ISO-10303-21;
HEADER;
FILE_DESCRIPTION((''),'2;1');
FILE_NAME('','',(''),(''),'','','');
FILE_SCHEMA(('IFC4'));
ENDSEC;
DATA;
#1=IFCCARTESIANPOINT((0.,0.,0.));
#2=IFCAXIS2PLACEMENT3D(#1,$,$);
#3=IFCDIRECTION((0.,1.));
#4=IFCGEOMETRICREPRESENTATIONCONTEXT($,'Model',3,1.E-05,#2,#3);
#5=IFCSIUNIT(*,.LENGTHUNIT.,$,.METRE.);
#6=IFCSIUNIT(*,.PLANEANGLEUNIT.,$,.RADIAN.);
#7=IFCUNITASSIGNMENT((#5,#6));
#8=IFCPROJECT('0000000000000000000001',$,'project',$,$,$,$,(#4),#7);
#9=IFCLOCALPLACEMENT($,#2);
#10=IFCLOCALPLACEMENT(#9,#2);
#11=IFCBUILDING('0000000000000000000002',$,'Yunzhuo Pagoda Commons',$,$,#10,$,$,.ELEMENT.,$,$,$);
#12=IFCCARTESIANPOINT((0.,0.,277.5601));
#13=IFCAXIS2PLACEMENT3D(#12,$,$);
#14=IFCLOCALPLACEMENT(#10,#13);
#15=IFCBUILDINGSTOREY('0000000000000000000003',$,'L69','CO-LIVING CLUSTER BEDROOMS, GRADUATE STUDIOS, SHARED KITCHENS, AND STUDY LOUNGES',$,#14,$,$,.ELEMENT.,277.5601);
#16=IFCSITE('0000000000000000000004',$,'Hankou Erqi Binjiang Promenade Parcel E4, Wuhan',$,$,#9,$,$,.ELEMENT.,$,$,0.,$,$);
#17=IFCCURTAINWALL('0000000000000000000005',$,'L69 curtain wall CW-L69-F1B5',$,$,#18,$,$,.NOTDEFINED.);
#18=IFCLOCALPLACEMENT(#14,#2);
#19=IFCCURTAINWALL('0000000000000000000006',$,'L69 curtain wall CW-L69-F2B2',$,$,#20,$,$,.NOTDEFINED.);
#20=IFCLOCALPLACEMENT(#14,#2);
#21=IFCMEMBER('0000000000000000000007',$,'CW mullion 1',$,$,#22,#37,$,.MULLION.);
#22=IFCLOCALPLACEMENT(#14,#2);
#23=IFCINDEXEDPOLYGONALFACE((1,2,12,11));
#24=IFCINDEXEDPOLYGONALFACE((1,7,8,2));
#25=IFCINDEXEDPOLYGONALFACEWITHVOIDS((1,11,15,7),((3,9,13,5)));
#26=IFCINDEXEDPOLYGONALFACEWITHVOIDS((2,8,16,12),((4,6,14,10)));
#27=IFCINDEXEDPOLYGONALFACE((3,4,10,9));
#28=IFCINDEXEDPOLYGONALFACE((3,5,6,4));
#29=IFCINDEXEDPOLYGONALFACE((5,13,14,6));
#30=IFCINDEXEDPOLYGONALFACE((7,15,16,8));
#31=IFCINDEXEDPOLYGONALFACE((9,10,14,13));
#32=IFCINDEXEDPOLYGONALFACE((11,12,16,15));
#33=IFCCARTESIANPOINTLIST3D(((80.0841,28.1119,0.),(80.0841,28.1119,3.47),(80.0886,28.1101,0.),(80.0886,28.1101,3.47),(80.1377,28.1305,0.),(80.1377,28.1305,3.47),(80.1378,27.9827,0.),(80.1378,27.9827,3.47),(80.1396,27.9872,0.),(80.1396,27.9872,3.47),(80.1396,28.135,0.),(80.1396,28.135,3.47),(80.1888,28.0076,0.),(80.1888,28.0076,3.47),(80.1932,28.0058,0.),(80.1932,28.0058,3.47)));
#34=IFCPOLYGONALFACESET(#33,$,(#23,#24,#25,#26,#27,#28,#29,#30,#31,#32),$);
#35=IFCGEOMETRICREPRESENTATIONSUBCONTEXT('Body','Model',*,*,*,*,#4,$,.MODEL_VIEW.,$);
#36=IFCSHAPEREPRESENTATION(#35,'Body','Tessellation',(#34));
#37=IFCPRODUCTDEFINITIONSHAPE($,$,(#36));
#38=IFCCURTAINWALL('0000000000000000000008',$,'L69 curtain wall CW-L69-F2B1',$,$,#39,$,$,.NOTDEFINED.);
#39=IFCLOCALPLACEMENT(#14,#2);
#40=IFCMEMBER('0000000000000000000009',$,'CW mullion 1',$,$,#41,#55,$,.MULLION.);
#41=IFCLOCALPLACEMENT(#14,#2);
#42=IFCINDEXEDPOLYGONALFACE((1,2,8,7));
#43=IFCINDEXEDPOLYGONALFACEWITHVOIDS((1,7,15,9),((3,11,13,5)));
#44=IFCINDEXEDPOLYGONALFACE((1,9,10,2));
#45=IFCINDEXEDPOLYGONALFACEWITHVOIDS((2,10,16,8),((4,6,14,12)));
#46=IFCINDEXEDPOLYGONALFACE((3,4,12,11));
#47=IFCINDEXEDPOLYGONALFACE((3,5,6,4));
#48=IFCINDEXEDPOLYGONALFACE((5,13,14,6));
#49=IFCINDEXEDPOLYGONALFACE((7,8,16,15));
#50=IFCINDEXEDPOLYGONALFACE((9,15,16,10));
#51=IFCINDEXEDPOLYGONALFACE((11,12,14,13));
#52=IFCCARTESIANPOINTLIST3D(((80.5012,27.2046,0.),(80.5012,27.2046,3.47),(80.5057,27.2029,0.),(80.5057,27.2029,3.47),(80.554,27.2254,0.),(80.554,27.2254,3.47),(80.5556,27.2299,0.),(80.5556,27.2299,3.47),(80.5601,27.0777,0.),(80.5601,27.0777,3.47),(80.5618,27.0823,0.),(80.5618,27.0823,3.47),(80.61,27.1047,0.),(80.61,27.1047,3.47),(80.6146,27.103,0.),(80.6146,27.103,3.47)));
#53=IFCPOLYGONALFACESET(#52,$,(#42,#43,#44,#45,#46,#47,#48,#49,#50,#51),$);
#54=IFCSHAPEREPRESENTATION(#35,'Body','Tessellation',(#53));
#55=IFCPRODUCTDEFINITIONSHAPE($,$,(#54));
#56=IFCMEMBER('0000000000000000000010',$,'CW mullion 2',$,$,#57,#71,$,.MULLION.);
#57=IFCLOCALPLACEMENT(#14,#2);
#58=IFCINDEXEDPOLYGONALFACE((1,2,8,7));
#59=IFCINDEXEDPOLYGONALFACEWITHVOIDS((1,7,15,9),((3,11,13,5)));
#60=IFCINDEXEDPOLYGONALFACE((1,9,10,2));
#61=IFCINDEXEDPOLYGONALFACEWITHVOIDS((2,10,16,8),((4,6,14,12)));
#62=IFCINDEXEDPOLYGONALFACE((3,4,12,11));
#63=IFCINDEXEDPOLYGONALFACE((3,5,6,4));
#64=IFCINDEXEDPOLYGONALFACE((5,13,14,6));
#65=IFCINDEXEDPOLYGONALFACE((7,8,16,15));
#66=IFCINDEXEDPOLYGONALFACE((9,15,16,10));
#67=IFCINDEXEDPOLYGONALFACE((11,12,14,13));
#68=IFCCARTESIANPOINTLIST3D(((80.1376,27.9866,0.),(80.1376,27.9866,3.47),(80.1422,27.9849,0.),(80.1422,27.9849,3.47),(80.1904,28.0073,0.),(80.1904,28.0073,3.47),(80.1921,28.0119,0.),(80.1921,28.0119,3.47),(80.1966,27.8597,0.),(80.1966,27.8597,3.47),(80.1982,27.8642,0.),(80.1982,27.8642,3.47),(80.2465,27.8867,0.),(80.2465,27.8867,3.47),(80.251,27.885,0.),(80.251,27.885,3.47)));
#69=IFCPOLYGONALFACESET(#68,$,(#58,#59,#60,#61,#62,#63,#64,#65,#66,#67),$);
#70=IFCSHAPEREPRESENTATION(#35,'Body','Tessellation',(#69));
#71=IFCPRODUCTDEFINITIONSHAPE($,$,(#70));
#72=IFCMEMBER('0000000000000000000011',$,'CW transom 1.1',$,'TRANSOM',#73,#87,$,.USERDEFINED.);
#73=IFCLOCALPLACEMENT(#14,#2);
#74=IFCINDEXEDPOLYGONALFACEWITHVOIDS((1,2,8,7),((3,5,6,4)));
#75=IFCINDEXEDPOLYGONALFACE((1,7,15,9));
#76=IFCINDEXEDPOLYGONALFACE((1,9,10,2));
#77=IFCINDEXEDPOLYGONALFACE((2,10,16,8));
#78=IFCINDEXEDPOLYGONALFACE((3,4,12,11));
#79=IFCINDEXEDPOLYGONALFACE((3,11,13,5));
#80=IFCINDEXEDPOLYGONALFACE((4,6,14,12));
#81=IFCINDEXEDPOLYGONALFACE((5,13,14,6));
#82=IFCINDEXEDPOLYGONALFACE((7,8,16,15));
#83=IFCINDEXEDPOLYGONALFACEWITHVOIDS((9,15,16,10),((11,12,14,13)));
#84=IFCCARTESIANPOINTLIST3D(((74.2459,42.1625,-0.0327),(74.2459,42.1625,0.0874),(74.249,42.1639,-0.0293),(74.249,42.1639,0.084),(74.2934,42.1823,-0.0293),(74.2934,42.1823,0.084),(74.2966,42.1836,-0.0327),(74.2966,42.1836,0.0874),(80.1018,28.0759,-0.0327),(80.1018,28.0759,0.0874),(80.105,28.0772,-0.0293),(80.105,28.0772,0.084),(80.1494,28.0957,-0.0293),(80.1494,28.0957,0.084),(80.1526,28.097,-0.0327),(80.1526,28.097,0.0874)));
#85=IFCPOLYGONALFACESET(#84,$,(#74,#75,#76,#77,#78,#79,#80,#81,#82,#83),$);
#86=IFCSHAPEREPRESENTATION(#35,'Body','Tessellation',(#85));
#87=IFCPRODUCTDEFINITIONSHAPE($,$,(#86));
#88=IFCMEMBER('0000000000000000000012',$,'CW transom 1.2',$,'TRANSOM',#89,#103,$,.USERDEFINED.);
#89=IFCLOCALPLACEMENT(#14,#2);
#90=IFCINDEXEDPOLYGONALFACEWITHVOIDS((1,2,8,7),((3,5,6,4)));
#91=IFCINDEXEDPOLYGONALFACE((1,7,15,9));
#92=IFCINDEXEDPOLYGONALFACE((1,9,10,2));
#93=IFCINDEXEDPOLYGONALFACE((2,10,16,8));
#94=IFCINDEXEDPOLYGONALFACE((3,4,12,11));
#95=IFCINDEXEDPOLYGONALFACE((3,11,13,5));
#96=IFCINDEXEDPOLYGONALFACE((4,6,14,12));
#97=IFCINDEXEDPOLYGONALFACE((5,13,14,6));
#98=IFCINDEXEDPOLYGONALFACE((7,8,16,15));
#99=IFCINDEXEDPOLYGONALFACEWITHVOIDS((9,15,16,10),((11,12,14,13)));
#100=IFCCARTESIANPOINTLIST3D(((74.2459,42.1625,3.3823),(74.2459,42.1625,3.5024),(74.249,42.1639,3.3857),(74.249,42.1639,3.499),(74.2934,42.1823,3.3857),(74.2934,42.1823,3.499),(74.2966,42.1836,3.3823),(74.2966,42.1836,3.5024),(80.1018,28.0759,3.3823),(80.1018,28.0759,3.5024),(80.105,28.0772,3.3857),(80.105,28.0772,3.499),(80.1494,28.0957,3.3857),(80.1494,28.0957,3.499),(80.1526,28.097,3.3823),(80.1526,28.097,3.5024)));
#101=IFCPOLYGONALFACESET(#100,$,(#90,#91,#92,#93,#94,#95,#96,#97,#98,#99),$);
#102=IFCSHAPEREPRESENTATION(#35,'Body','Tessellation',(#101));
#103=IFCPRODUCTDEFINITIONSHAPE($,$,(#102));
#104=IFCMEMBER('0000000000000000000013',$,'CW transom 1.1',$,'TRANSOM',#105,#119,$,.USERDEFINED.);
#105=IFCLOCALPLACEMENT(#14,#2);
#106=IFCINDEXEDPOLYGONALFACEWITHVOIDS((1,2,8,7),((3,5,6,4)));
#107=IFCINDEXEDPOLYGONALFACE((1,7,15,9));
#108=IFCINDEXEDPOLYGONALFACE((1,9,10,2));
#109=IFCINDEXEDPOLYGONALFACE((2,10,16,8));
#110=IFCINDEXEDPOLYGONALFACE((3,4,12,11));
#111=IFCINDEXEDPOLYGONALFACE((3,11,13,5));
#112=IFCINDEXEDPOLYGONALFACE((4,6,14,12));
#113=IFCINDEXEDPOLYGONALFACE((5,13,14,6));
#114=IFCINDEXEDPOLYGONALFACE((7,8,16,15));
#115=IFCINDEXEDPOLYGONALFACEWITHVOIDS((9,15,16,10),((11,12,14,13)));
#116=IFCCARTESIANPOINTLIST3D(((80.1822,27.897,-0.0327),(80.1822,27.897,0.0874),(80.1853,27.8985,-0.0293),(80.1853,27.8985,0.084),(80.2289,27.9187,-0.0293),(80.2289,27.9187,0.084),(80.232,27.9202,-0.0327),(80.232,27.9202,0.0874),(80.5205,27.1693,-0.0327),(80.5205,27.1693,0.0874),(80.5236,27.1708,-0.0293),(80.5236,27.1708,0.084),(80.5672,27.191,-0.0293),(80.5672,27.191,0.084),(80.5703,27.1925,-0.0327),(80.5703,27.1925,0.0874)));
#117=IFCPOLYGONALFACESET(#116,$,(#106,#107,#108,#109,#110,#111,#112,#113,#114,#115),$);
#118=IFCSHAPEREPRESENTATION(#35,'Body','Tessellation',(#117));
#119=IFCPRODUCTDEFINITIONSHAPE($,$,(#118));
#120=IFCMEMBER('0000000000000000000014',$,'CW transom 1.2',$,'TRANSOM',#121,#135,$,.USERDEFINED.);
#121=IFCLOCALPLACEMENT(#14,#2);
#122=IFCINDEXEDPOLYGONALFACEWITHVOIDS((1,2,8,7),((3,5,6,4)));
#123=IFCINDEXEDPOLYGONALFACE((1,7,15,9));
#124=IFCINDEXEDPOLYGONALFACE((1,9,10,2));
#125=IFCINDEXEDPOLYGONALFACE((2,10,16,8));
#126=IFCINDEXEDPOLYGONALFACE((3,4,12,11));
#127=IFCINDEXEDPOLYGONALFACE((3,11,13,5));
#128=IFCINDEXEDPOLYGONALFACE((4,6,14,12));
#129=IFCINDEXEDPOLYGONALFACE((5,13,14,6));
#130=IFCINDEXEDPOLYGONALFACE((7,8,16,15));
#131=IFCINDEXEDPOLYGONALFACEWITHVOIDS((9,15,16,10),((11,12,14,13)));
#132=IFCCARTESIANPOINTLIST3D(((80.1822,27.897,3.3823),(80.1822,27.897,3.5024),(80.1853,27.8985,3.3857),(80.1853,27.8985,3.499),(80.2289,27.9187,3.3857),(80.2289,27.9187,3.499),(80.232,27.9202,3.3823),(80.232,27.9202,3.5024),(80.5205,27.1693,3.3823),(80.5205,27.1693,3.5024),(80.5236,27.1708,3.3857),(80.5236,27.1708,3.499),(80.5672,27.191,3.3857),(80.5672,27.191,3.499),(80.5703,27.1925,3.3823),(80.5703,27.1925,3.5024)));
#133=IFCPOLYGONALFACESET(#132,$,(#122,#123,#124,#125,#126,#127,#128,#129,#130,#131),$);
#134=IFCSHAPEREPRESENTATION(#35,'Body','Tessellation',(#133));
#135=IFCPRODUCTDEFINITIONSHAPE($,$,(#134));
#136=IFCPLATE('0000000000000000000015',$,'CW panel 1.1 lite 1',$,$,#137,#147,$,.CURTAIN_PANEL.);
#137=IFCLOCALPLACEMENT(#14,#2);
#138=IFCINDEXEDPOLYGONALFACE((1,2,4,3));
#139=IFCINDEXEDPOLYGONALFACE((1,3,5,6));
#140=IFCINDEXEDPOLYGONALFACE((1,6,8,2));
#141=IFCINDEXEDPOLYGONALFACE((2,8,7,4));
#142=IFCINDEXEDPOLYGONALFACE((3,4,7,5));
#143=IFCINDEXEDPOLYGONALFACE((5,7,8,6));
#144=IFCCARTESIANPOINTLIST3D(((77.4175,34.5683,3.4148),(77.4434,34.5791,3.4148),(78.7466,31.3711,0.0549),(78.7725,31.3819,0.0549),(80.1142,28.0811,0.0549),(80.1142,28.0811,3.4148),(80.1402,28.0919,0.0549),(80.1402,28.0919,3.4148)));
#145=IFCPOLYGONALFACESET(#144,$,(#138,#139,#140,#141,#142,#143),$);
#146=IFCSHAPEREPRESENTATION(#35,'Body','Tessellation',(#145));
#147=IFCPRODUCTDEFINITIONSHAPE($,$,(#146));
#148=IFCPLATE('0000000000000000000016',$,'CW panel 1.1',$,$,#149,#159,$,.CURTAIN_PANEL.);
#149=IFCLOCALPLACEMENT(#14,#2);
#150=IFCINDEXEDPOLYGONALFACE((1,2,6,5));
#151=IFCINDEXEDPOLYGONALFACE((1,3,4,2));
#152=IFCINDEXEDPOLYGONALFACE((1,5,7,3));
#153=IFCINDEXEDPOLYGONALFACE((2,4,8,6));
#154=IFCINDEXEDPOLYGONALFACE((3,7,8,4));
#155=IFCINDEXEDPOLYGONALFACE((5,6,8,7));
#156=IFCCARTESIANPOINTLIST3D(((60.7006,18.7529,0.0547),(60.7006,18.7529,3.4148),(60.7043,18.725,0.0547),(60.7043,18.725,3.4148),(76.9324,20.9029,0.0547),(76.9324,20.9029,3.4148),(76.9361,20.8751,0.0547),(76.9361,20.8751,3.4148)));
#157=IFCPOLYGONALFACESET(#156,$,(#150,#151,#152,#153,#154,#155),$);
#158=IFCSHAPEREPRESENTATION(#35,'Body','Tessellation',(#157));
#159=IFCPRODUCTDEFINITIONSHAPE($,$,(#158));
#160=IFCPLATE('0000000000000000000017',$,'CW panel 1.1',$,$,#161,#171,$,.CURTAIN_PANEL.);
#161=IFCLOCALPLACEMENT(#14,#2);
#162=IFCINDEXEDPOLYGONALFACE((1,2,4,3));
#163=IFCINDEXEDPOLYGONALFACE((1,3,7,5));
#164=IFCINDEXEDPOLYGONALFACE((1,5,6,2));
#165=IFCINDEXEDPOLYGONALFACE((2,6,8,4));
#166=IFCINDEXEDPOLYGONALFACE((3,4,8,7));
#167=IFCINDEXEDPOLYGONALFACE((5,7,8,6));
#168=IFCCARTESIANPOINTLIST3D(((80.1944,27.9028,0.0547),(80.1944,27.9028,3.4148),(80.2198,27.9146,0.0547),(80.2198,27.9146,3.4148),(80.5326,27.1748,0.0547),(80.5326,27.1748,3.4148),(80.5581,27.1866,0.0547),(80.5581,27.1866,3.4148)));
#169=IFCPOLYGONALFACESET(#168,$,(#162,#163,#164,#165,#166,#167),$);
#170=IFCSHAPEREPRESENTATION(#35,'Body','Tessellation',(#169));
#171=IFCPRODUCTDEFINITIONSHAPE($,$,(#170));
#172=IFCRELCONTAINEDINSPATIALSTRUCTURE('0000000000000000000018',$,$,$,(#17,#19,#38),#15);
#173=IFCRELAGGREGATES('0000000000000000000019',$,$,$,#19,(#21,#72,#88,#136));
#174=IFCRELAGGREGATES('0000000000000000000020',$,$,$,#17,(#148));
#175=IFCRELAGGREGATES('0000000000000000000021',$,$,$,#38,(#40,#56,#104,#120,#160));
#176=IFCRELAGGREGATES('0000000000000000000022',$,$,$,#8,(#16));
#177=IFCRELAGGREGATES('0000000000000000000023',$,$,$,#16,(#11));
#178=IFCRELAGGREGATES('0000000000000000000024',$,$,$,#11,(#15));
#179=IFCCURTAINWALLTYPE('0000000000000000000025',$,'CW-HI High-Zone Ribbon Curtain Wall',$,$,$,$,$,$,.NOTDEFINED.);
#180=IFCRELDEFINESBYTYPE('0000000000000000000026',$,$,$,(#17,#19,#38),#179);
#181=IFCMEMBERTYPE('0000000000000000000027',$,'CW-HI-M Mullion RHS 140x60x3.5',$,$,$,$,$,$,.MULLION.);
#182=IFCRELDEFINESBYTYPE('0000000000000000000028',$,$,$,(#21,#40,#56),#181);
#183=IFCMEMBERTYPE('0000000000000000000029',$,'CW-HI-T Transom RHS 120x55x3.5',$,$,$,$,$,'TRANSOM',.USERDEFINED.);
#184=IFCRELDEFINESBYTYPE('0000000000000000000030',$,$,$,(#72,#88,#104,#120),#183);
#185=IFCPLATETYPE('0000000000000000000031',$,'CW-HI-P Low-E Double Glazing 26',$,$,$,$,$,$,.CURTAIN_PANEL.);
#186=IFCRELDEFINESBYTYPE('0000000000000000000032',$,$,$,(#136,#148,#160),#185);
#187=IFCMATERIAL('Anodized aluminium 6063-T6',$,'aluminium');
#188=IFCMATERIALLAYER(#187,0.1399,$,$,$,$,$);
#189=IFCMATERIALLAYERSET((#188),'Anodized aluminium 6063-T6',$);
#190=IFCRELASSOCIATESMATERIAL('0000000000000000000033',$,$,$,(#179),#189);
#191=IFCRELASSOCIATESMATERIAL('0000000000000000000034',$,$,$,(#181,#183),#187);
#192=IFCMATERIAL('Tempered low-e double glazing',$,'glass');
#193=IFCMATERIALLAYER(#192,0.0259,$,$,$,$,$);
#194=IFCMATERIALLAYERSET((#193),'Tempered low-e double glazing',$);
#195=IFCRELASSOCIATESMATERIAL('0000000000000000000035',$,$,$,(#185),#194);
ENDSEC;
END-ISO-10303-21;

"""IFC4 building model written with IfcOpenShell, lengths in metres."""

from ifc_helpers import new_model, si_unit, direction, frame, origin, origin_2d, place, context, subcontext, project, spatial, polyline, rectangle, hollow_rectangle, outline, extrude, source, transform, mapped, material, layer, layer_set, material_profile, profile_set, type_object, element, aggregate, save


model = new_model("IFC4")

# Units and contexts
model_context = context("Model", 3, precision=1e-05, world=origin(), true_north=direction((0.0, 1.0)))
body_context = subcontext(model_context, "Body", "Model", "MODEL_VIEW")
ifc_project = project(units=[si_unit("LENGTHUNIT", "METRE"), si_unit("PLANEANGLEUNIT", "RADIAN")], contexts=[model_context])

# Site, building, storey
site_placement = place(None, origin())
site = spatial("IfcSite", under=ifc_project, at=site_placement, Name="Hankou Erqi Binjiang Promenade Parcel E4, Wuhan", CompositionType="ELEMENT", RefElevation=0.0)
building_placement = place(site_placement, origin())
building = spatial("IfcBuilding", under=site, at=building_placement, Name="Yunzhuo Pagoda Commons", CompositionType="ELEMENT")
storey_placement = place(building_placement, frame((0.0, 0.0, 277.5601)))
storey = spatial("IfcBuildingStorey", under=building, at=storey_placement, Name="L69", Description="CO-LIVING CLUSTER BEDROOMS, GRADUATE STUDIOS, SHARED KITCHENS, AND STUDY LOUNGES", CompositionType="ELEMENT", Elevation=277.5601)

# Curtain walls, member
ifc_material_1 = material(Name="Anodized aluminium 6063-T6", Category="aluminium")
ifc_layer_1 = layer(ifc_material_1, 0.1399)
ifc_layer_set_1 = layer_set([ifc_layer_1], Name="Anodized aluminium 6063-T6")
curtain_wall_type = type_object("IfcCurtainWallType", Name="CW-HI High-Zone Ribbon Curtain Wall", PredefinedType="NOTDEFINED", material=ifc_layer_set_1)
curtain_wall_1_placement = place(storey_placement, origin())
curtain_wall_1 = element("IfcCurtainWall", 1, at=curtain_wall_1_placement, inside=storey, type_object=curtain_wall_type, Name="L69 curtain wall CW-L69-F1B5", PredefinedType="NOTDEFINED")
ifc_material_profile_1 = material_profile(ifc_material_1, hollow_rectangle(XDim=0.0601, YDim=0.1399, WallThickness=0.0034, at=origin_2d()), Name="Anodized aluminium 6063-T6")
ifc_profile_set_1 = profile_set([ifc_material_profile_1], Name="Anodized aluminium 6063-T6")
member_type_1 = type_object("IfcMemberType", Name="CW-HI-M Mullion RHS 140x60x3.5", PredefinedType="MULLION", material=ifc_profile_set_1)
shared_shape_1 = source(origin(), body_context, "Body", "SweptSolid", [
    extrude(hollow_rectangle(XDim=0.0601, YDim=0.1399, WallThickness=0.0034, at=origin_2d()), origin(), (0.0, 0.0, 1.0), 3.47),
])
curtain_wall_2_placement = place(storey_placement, origin())
curtain_wall_2 = element("IfcCurtainWall", 2, at=curtain_wall_2_placement, inside=storey, type_object=curtain_wall_type, Name="L69 curtain wall CW-L69-F2B2", PredefinedType="NOTDEFINED")
member_1_placement = place(storey_placement, frame((80.1387, 28.0588, 0.0), z_axis=(0.0, 0.0, 1.0), x_axis=(-0.923394, -0.383855, 0.0)))
member_1 = element("IfcMember", 3, at=member_1_placement, type_object=member_type_1, Name="CW mullion 1", PredefinedType="MULLION", context=body_context, shape_type="MappedRepresentation", body=[
    mapped(shared_shape_1, transform((0.0, 0.0, 0.0), scale=1.0)),
])

# Curtain wall, members
curtain_wall_3_placement = place(storey_placement, origin())
curtain_wall_3 = element("IfcCurtainWall", 4, at=curtain_wall_3_placement, inside=storey, type_object=curtain_wall_type, Name="L69 curtain wall CW-L69-F2B1", PredefinedType="NOTDEFINED")
member_2_placement = place(storey_placement, frame((80.5579, 27.1538, 0.0), z_axis=(0.0, 0.0, 1.0), x_axis=(-0.906871, -0.421407, 0.0)))
member_2 = element("IfcMember", 5, at=member_2_placement, type_object=member_type_1, Name="CW mullion 1", PredefinedType="MULLION", context=body_context, shape_type="MappedRepresentation", body=[
    mapped(shared_shape_1, transform((0.0, 0.0, 0.0), scale=1.0)),
])
member_3_placement = place(storey_placement, frame((80.1943, 27.9358, 0.0), z_axis=(0.0, 0.0, 1.0), x_axis=(-0.906871, -0.421407, 0.0)))
member_3 = element("IfcMember", 6, at=member_3_placement, type_object=member_type_1, Name="CW mullion 2", PredefinedType="MULLION", context=body_context, shape_type="MappedRepresentation", body=[
    mapped(shared_shape_1, transform((0.0, 0.0, 0.0), scale=1.0)),
])

# Members
ifc_material_profile_2 = material_profile(ifc_material_1, hollow_rectangle(XDim=0.0549, YDim=0.1201, WallThickness=0.0034, at=origin_2d()), Name="Anodized aluminium 6063-T6")
ifc_profile_set_2 = profile_set([ifc_material_profile_2], Name="Anodized aluminium 6063-T6")
member_type_2 = type_object("IfcMemberType", Name="CW-HI-T Transom RHS 120x55x3.5", ElementType="TRANSOM", PredefinedType="USERDEFINED", material=ifc_profile_set_2)
shared_shape_2 = source(origin(), body_context, "Body", "SweptSolid", [
    extrude(hollow_rectangle(XDim=0.0549, YDim=0.1201, WallThickness=0.0034, at=origin_2d()), origin(), (0.0, 0.0, 1.0), 15.2554),
])
member_4_placement = place(storey_placement, frame((80.1272, 28.0864, 0.0273), z_axis=(-0.383862, 0.923391, 0.0), x_axis=(-0.923391, -0.383862, 0.0)))
member_4 = element("IfcMember", 7, at=member_4_placement, type_object=member_type_2, Name="CW transom 1.1", ObjectType="TRANSOM", PredefinedType="USERDEFINED", context=body_context, shape_type="MappedRepresentation", body=[
    mapped(shared_shape_2, transform((0.0, 0.0, 0.0), scale=1.0)),
])
member_5_placement = place(storey_placement, frame((80.1272, 28.0864, 3.4424), z_axis=(-0.383862, 0.923391, 0.0), x_axis=(-0.923391, -0.383862, 0.0)))
member_5 = element("IfcMember", 8, at=member_5_placement, type_object=member_type_2, Name="CW transom 1.2", ObjectType="TRANSOM", PredefinedType="USERDEFINED", context=body_context, shape_type="MappedRepresentation", body=[
    mapped(shared_shape_2, transform((0.0, 0.0, 0.0), scale=1.0)),
])
shared_shape_3 = source(origin(), body_context, "Body", "SweptSolid", [
    extrude(hollow_rectangle(XDim=0.0549, YDim=0.1201, WallThickness=0.0034, at=origin_2d()), origin(), (0.0, 0.0, 1.0), 0.8025),
])
member_6_placement = place(storey_placement, frame((80.5454, 27.1809, 0.0273), z_axis=(-0.421603, 0.906781, 0.0), x_axis=(-0.906781, -0.421603, 0.0)))
member_6 = element("IfcMember", 9, at=member_6_placement, type_object=member_type_2, Name="CW transom 1.1", ObjectType="TRANSOM", PredefinedType="USERDEFINED", context=body_context, shape_type="MappedRepresentation", body=[
    mapped(shared_shape_3, transform((0.0, 0.0, 0.0), scale=1.0)),
])
member_7_placement = place(storey_placement, frame((80.5454, 27.1809, 3.4424), z_axis=(-0.421603, 0.906781, 0.0), x_axis=(-0.906781, -0.421603, 0.0)))
member_7 = element("IfcMember", 10, at=member_7_placement, type_object=member_type_2, Name="CW transom 1.2", ObjectType="TRANSOM", PredefinedType="USERDEFINED", context=body_context, shape_type="MappedRepresentation", body=[
    mapped(shared_shape_3, transform((0.0, 0.0, 0.0), scale=1.0)),
])

# Plates
ifc_material_2 = material(Name="Tempered low-e double glazing", Category="glass")
ifc_layer_2 = layer(ifc_material_2, 0.0259)
ifc_layer_set_2 = layer_set([ifc_layer_2], Name="Tempered low-e double glazing")
plate_type = type_object("IfcPlateType", Name="CW-HI-P Low-E Double Glazing 26", PredefinedType="CURTAIN_PANEL", material=ifc_layer_set_2)
plate_1_placement = place(storey_placement, frame((78.7659, 31.3247, 1.7349), z_axis=(0.923394, 0.383855, 0.0), x_axis=(-0.383855, 0.923394, 0.0)))
plate_1 = element("IfcPlate", 11, at=plate_1_placement, type_object=plate_type, Name="CW panel 1.1 lite 1", PredefinedType="CURTAIN_PANEL", context=body_context, shape_type="SweptSolid", body=[
    extrude(outline(polyline([(-3.5127, -1.6799), (0.0503, -1.6799), (3.5127, 1.6799), (-3.5127, 1.6799), (-3.5127, -1.6799)])), origin(), (0.0, 0.0, 1.0), 0.0281),
])
aggregate(curtain_wall_2, [member_1, member_4, member_5, plate_1])
shared_shape_4 = source(origin(), body_context, "Body", "SweptSolid", [
    extrude(rectangle(XDim=16.3735, YDim=0.0281, at=origin_2d()), origin(), (0.0, 0.0, 1.0), 3.3601),
])
plate_2_placement = place(storey_placement, frame((68.8184, 19.814, 0.0547), z_axis=(0.0, 0.0, 1.0), x_axis=(0.991341, 0.131311, 0.0)))
plate_2 = element("IfcPlate", 12, at=plate_2_placement, type_object=plate_type, Name="CW panel 1.1", PredefinedType="CURTAIN_PANEL", context=body_context, shape_type="MappedRepresentation", body=[
    mapped(shared_shape_4, transform((0.0, 0.0, 0.0), scale=1.0)),
])
aggregate(curtain_wall_1, [plate_2])
shared_shape_5 = source(origin(), body_context, "Body", "SweptSolid", [
    extrude(rectangle(XDim=0.8027, YDim=0.0281, at=origin_2d()), origin(), (0.0, 0.0, 1.0), 3.3601),
])
plate_3_placement = place(storey_placement, frame((80.3762, 27.5447, 0.0547), z_axis=(0.0, 0.0, 1.0), x_axis=(-0.421407, 0.906871, 0.0)))
plate_3 = element("IfcPlate", 13, at=plate_3_placement, type_object=plate_type, Name="CW panel 1.1", PredefinedType="CURTAIN_PANEL", context=body_context, shape_type="MappedRepresentation", body=[
    mapped(shared_shape_5, transform((0.0, 0.0, 0.0), scale=1.0)),
])
aggregate(curtain_wall_3, [member_2, member_3, member_6, member_7, plate_3])

save(model, "model.ifc")
